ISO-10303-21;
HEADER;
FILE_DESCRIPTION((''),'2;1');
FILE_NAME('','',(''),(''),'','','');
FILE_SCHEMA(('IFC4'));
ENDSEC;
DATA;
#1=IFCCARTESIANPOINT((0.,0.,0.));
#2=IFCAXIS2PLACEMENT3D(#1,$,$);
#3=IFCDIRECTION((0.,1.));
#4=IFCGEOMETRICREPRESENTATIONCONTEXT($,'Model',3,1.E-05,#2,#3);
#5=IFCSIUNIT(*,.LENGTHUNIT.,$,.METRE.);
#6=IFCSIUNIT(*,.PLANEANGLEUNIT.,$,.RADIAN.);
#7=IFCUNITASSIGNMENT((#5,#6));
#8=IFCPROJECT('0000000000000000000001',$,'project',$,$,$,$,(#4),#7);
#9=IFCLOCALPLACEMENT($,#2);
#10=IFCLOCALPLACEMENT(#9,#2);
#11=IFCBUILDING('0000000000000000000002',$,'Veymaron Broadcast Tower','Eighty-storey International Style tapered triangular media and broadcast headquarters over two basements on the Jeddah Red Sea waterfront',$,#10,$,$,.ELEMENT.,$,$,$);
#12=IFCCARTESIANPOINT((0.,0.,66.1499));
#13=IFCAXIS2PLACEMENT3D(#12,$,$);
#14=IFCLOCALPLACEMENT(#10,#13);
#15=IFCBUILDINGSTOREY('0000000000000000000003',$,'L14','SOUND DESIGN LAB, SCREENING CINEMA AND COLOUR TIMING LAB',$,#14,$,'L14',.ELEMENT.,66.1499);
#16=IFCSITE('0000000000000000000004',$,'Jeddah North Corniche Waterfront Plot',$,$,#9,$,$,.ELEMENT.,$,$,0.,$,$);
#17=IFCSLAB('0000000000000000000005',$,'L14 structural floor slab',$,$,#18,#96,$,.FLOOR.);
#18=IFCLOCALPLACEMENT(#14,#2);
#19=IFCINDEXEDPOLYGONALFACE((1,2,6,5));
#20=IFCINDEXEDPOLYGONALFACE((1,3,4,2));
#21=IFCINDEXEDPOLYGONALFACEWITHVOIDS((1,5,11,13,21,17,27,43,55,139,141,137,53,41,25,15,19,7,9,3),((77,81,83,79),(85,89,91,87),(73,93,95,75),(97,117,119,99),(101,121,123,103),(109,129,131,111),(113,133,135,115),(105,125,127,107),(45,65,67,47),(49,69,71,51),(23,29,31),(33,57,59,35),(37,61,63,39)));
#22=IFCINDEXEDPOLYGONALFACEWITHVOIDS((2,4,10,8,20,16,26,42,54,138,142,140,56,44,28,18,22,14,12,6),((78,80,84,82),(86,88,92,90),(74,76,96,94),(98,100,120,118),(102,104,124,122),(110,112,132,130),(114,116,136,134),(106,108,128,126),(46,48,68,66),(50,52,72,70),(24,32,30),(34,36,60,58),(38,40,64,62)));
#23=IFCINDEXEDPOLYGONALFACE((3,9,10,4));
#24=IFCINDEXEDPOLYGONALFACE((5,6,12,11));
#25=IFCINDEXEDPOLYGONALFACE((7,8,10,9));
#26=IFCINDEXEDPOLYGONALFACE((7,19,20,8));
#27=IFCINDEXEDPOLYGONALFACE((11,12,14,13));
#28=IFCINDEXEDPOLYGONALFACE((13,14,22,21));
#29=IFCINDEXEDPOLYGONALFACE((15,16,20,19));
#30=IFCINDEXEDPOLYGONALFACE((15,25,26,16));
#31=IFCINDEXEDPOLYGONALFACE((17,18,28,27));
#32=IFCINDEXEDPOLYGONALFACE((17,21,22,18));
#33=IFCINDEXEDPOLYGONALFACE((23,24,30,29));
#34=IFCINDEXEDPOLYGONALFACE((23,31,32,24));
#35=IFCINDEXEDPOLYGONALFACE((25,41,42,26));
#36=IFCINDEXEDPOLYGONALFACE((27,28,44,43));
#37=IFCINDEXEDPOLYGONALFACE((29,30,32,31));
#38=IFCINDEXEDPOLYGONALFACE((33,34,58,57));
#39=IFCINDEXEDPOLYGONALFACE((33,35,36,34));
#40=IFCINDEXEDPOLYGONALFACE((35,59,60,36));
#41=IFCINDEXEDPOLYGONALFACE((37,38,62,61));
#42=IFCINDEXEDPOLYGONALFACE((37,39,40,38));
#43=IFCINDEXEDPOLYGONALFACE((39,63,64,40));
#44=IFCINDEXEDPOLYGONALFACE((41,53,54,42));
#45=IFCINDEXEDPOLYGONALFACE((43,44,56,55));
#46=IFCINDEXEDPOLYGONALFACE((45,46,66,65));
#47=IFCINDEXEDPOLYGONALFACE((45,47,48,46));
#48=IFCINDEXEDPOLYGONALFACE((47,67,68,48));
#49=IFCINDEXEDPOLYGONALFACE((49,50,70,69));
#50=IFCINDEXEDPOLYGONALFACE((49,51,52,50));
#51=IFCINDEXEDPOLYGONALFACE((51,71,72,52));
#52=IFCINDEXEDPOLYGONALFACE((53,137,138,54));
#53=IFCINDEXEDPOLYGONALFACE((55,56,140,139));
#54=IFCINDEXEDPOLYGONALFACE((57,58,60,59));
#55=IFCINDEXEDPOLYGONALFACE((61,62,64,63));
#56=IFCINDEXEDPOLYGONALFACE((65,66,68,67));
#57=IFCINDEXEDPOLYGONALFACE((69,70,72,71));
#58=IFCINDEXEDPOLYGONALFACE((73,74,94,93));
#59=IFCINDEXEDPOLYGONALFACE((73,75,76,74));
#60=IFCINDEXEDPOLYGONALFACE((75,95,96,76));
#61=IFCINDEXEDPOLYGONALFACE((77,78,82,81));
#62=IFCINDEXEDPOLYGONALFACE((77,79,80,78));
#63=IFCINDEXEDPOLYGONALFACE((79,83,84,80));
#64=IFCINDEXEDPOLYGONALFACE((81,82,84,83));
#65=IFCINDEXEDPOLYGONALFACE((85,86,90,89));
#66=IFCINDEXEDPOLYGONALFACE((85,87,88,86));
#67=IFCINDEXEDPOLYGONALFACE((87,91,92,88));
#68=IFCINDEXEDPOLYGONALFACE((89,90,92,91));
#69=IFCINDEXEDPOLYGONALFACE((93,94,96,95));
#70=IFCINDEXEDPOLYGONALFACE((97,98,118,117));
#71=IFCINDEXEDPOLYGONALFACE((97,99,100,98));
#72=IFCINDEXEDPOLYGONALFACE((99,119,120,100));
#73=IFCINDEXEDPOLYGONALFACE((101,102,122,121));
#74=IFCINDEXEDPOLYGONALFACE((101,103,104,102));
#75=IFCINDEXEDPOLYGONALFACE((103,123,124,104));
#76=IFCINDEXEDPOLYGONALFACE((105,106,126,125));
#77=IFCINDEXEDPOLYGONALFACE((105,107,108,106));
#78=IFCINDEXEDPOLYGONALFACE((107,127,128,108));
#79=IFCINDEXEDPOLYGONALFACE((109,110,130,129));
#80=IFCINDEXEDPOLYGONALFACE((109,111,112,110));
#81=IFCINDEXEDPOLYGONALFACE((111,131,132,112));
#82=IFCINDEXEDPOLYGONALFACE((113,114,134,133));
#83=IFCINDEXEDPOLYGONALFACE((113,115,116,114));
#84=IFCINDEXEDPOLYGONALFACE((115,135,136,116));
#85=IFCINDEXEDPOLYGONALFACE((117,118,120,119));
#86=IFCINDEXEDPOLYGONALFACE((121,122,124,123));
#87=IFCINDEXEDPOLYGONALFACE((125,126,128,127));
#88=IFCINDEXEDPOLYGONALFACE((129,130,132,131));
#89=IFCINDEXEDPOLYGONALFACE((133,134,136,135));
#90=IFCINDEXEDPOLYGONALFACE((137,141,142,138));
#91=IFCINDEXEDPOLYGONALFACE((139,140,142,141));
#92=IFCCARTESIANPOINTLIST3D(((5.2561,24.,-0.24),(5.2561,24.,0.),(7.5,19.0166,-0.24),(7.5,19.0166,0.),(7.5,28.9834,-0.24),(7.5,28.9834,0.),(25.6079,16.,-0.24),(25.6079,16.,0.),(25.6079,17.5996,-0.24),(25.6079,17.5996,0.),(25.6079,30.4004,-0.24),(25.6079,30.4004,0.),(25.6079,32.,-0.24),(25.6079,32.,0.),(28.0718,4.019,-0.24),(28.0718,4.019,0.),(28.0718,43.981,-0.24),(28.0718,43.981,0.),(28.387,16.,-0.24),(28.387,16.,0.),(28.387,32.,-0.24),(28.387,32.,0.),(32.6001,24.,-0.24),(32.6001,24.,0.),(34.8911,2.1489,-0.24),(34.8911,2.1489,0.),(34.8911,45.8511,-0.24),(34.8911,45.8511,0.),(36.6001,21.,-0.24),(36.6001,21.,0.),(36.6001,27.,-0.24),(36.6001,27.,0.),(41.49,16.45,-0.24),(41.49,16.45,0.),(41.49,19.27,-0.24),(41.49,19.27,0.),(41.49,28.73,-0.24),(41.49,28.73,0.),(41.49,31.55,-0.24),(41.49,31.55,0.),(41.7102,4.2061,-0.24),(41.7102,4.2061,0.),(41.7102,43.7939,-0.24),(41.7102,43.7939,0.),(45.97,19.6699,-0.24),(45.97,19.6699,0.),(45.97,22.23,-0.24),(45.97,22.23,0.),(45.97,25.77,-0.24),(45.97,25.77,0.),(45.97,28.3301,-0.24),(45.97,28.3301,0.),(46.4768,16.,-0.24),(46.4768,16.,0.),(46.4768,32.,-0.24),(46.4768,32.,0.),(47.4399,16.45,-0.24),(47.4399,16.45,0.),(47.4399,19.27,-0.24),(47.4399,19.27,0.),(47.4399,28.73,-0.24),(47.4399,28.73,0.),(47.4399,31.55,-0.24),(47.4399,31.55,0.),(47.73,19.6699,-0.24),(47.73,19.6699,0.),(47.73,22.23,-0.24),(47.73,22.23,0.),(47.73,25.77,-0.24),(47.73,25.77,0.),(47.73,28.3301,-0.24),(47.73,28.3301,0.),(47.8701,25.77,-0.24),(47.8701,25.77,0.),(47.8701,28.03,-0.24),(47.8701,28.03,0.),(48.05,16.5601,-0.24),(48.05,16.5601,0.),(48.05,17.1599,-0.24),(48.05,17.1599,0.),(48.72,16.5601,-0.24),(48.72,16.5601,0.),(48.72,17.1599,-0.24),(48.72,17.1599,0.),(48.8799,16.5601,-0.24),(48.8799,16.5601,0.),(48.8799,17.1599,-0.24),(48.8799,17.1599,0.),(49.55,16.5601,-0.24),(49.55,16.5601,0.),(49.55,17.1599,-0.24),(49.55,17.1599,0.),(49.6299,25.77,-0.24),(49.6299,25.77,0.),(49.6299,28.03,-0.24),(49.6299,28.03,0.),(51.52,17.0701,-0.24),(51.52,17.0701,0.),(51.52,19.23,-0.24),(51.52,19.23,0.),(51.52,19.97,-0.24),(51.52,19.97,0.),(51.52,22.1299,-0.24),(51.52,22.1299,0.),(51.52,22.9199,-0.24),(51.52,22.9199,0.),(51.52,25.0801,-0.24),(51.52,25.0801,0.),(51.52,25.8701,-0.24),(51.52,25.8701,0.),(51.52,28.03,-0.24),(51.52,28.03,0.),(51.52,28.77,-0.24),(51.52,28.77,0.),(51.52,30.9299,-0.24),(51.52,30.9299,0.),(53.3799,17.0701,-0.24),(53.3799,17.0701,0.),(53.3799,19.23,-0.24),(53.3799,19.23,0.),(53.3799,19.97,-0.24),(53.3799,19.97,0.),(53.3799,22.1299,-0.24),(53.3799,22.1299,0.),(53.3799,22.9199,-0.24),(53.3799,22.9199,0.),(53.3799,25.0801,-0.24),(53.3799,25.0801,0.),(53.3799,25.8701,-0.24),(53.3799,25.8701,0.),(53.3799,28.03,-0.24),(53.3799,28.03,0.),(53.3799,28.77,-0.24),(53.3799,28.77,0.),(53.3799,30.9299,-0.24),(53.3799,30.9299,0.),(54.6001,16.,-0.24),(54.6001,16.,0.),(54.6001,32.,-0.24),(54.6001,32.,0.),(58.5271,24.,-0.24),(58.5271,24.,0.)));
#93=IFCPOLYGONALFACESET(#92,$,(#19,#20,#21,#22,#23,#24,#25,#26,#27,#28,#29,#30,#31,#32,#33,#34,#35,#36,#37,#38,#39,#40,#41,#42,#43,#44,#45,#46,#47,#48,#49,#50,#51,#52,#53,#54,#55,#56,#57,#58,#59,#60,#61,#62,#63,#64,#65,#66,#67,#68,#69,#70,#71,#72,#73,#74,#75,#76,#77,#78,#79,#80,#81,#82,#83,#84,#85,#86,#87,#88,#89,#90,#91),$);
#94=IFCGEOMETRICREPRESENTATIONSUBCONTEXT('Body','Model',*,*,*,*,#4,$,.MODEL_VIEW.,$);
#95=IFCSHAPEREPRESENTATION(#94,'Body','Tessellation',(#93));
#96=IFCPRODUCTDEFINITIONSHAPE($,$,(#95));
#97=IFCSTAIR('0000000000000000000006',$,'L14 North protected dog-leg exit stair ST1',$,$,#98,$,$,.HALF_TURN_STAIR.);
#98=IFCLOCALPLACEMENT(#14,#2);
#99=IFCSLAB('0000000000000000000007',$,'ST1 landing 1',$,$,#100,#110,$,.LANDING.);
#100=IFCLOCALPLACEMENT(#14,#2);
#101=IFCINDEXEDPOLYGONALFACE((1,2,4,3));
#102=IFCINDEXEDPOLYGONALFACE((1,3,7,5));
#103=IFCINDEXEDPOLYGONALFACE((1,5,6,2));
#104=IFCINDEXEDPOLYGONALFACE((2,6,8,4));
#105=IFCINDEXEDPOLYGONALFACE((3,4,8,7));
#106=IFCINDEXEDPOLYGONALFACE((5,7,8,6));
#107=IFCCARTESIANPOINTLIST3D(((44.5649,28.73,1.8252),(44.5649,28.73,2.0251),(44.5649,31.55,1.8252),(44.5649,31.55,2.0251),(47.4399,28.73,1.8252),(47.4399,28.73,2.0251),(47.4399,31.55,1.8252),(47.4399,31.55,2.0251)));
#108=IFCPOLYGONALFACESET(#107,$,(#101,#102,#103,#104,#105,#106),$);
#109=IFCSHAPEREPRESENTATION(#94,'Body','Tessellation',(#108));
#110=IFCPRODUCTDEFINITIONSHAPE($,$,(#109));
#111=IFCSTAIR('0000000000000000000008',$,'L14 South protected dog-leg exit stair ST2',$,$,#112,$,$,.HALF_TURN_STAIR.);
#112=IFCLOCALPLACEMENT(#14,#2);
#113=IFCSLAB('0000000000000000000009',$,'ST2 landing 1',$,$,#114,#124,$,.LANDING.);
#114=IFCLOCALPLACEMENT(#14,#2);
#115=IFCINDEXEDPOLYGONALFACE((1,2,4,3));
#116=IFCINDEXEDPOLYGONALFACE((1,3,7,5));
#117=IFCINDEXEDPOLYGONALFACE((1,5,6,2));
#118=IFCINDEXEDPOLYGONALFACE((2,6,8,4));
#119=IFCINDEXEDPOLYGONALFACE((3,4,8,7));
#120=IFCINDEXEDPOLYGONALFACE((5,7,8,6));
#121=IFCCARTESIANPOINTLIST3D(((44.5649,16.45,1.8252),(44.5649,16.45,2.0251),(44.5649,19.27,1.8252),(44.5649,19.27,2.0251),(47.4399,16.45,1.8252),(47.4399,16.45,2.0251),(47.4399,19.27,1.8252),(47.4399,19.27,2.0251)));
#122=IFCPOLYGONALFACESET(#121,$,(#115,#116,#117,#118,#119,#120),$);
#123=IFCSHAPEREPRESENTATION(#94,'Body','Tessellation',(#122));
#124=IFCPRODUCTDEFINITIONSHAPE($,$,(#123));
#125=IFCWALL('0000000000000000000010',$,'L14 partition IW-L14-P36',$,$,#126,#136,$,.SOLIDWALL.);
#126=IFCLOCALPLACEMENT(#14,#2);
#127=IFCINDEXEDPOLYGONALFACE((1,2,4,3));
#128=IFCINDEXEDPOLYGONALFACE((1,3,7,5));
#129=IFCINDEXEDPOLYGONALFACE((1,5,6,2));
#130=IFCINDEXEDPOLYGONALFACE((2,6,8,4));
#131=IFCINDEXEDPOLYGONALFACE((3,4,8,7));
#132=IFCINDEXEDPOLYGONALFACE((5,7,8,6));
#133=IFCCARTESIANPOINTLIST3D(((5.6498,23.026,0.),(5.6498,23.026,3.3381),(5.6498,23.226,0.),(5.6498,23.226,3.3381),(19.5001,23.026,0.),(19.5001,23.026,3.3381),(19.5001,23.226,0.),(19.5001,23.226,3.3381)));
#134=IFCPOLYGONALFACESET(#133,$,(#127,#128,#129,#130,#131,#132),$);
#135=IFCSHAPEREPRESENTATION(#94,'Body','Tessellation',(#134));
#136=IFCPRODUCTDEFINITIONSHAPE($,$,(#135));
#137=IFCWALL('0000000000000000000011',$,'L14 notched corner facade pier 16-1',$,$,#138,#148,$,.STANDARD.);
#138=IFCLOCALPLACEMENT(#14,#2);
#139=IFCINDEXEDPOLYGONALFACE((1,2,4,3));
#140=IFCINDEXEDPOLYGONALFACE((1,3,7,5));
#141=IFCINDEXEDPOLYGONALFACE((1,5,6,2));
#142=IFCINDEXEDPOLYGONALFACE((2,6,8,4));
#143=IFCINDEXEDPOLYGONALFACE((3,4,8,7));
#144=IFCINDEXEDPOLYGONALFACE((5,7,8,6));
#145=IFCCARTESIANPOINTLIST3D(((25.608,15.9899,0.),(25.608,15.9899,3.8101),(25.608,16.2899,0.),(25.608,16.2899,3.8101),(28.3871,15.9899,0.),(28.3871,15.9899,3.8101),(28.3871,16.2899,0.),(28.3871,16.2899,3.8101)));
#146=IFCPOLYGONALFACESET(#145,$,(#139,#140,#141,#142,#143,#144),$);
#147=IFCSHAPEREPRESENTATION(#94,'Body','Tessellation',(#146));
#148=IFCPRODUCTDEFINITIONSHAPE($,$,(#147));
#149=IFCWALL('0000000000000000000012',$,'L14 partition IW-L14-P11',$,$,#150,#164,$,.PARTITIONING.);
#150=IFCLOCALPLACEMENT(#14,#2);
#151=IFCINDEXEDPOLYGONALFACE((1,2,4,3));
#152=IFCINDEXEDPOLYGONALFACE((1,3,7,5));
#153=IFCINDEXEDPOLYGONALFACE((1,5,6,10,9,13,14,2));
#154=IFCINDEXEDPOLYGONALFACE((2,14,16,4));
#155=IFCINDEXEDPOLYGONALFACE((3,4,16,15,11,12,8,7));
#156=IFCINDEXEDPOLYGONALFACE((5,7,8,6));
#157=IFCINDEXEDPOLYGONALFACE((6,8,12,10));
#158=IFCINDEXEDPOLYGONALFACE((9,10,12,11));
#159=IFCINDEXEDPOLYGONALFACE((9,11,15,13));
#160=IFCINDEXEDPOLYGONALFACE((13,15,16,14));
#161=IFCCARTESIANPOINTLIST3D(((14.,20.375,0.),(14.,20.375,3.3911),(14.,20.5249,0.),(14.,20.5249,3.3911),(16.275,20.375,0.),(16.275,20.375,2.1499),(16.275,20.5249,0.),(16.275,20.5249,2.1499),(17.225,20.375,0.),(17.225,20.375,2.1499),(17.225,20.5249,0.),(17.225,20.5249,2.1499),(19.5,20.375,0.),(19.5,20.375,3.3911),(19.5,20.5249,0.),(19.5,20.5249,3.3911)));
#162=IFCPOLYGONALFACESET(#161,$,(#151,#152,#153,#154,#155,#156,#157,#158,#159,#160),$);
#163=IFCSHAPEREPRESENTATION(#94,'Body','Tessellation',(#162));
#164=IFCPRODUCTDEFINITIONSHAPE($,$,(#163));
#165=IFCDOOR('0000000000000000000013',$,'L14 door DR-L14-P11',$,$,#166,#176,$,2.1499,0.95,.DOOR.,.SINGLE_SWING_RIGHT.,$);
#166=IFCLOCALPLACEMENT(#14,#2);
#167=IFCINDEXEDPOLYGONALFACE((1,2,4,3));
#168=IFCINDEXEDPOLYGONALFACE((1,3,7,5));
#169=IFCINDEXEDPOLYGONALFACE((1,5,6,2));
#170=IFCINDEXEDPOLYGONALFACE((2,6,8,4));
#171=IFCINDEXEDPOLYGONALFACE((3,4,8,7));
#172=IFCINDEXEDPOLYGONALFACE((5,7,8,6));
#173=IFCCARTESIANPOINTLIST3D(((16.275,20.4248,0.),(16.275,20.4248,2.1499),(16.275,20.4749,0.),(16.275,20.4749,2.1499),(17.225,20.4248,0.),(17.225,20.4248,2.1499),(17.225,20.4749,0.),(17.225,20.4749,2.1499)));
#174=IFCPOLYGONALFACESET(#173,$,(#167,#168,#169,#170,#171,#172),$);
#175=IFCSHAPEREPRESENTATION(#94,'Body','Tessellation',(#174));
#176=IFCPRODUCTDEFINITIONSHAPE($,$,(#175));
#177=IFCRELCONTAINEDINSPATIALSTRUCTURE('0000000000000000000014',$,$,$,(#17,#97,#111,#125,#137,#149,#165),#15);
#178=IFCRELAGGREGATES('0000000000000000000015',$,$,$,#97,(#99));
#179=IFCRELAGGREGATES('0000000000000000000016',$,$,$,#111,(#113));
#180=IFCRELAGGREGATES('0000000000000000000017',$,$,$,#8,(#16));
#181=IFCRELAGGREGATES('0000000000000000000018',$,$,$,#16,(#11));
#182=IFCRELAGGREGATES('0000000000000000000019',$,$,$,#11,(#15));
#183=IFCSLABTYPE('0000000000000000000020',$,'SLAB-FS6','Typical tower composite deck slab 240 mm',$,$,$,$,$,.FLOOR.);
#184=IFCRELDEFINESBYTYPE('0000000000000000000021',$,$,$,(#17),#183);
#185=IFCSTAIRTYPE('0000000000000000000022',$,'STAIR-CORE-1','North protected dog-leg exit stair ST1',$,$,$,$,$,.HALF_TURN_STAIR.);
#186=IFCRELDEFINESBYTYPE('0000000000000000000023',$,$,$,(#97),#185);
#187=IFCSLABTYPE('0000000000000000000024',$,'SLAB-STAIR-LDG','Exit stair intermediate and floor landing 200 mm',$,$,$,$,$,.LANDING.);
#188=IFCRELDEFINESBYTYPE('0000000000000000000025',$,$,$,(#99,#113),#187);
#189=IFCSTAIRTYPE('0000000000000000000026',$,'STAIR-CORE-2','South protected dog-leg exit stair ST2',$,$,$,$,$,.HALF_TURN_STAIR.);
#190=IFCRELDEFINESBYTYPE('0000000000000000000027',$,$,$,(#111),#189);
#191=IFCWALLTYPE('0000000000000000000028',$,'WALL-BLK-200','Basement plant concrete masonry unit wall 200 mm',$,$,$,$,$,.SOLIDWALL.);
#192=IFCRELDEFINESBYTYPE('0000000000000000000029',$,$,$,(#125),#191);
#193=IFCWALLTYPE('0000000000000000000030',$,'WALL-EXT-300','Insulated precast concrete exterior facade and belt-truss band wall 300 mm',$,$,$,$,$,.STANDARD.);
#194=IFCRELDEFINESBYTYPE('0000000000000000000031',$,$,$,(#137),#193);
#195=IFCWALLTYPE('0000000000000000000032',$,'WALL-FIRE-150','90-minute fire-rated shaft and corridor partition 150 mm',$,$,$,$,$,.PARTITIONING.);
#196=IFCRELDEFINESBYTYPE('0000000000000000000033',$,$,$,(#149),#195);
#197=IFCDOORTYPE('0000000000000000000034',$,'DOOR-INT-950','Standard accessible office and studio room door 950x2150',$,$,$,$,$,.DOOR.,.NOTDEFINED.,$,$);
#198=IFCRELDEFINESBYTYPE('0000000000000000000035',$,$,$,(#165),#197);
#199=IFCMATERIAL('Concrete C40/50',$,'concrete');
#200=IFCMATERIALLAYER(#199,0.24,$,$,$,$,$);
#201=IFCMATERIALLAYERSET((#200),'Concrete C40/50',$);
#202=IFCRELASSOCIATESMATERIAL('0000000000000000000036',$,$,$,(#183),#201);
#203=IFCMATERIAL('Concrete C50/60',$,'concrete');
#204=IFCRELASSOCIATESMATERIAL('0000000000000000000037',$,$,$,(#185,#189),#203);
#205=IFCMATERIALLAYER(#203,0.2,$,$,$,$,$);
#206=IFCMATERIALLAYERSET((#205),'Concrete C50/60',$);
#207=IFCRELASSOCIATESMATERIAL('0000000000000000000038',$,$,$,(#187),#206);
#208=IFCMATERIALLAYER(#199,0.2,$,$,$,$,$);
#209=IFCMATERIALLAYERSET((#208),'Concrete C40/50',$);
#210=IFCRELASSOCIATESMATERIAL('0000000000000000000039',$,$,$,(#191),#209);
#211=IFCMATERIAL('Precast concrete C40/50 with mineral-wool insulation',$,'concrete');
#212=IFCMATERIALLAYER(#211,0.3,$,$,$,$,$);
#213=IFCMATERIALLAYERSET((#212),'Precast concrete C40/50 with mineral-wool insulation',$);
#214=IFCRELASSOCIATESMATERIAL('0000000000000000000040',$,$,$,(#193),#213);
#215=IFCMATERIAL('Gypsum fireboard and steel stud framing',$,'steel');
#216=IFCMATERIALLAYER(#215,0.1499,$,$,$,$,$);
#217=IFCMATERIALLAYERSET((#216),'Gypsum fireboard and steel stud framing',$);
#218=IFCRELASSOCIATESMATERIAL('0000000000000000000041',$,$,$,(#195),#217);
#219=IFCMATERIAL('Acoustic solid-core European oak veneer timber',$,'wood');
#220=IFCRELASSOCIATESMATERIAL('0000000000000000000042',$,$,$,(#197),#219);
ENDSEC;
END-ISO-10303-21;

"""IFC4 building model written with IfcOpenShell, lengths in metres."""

from ifc_helpers import new_model, si_unit, direction, frame, frame_2d, origin, place, context, subcontext, project, spatial, polyline, rectangle, outline, extrude, material, layer, layer_set, type_object, element, fill, aggregate, save


model = new_model("IFC4")

# Units and contexts
model_context = context("Model", 3, precision=1e-05, world=origin(), true_north=direction((0.0, 1.0)))
body_context = subcontext(model_context, "Body", "Model", "MODEL_VIEW")
ifc_project = project(units=[si_unit("LENGTHUNIT", "METRE"), si_unit("PLANEANGLEUNIT", "RADIAN")], contexts=[model_context])

# Site, building, storey
site_placement = place(None, origin())
site = spatial("IfcSite", under=ifc_project, at=site_placement, Name="Jeddah North Corniche Waterfront Plot", CompositionType="ELEMENT", RefElevation=0.0)
building_placement = place(site_placement, origin())
building = spatial("IfcBuilding", under=site, at=building_placement, Name="Veymaron Broadcast Tower", Description="Eighty-storey International Style tapered triangular media and broadcast headquarters over two basements on the Jeddah Red Sea waterfront", CompositionType="ELEMENT")
storey_placement = place(building_placement, frame((0.0, 0.0, 66.1499)))
storey = spatial("IfcBuildingStorey", under=building, at=storey_placement, Name="L14", Description="SOUND DESIGN LAB, SCREENING CINEMA AND COLOUR TIMING LAB", LongName="L14", CompositionType="ELEMENT", Elevation=66.1499)

# Slab
ifc_material_1 = material(Name="Concrete C40/50", Category="concrete")
ifc_layer_1 = layer(ifc_material_1, 0.24)
ifc_layer_set_1 = layer_set([ifc_layer_1], Name="Concrete C40/50")
slab_type_1 = type_object("IfcSlabType", Name="SLAB-FS6", Description="Typical tower composite deck slab 240 mm", PredefinedType="FLOOR", material=ifc_layer_set_1)
slab_1_placement = place(storey_placement, frame((0.0, 0.0, -0.24)))
element("IfcSlab", 1, at=slab_1_placement, inside=storey, type_object=slab_type_1, Name="L14 structural floor slab", PredefinedType="FLOOR", context=body_context, shape_type="SweptSolid", body=[
    extrude(outline(polyline([(46.4768, 16.0), (54.6001, 16.0), (58.5271, 24.0), (54.6001, 32.0), (46.4768, 32.0), (41.7102, 43.7939), (34.8911, 45.8511), (28.0718, 43.981), (28.387, 32.0), (25.6079, 32.0), (25.6079, 30.4004), (7.5, 28.9834), (5.2561, 24.0), (7.5, 19.0166), (25.6079, 17.5996), (25.6079, 16.0), (28.387, 16.0), (28.0718, 4.019), (34.8911, 2.1489), (41.7102, 4.2061), (46.4768, 16.0)]), holes=[polyline([(45.97, 28.3301), (47.73, 28.3301), (47.73, 25.77), (45.97, 25.77), (45.97, 28.3301)]), polyline([(45.97, 22.23), (47.73, 22.23), (47.73, 19.6699), (45.97, 19.6699), (45.97, 22.23)]), polyline([(47.8701, 28.03), (49.6299, 28.03), (49.6299, 25.77), (47.8701, 25.77), (47.8701, 28.03)]), polyline([(51.52, 30.9299), (53.3799, 30.9299), (53.3799, 28.77), (51.52, 28.77), (51.52, 30.9299)]), polyline([(51.52, 28.03), (53.3799, 28.03), (53.3799, 25.8701), (51.52, 25.8701), (51.52, 28.03)]), polyline([(51.52, 22.1299), (53.3799, 22.1299), (53.3799, 19.97), (51.52, 19.97), (51.52, 22.1299)]), polyline([(51.52, 25.0801), (53.3799, 25.0801), (53.3799, 22.9199), (51.52, 22.9199), (51.52, 25.0801)]), polyline([(51.52, 19.23), (53.3799, 19.23), (53.3799, 17.0701), (51.52, 17.0701), (51.52, 19.23)]), polyline([(48.05, 17.1599), (48.72, 17.1599), (48.72, 16.5601), (48.05, 16.5601), (48.05, 17.1599)]), polyline([(48.8799, 17.1599), (49.55, 17.1599), (49.55, 16.5601), (48.8799, 16.5601), (48.8799, 17.1599)]), polyline([(36.6001, 27.0), (36.6001, 21.0), (32.6001, 24.0), (36.6001, 27.0)]), polyline([(41.49, 31.55), (47.4399, 31.55), (47.4399, 28.73), (41.49, 28.73), (41.49, 31.55)]), polyline([(41.49, 19.27), (47.4399, 19.27), (47.4399, 16.45), (41.49, 16.45), (41.49, 19.27)])]), origin(), (0.0, 0.0, 1.0), 0.24),
])

# Stairs, slabs
ifc_material_2 = material(Name="Concrete C50/60", Category="concrete")
stair_type_1 = type_object("IfcStairType", Name="STAIR-CORE-1", Description="North protected dog-leg exit stair ST1", PredefinedType="HALF_TURN_STAIR", material=ifc_material_2)
stair_1_placement = place(storey_placement, origin())
stair_1 = element("IfcStair", 2, at=stair_1_placement, inside=storey, type_object=stair_type_1, Name="L14 North protected dog-leg exit stair ST1", PredefinedType="HALF_TURN_STAIR")
ifc_layer_2 = layer(ifc_material_2, 0.2)
ifc_layer_set_2 = layer_set([ifc_layer_2], Name="Concrete C50/60")
slab_type_2 = type_object("IfcSlabType", Name="SLAB-STAIR-LDG", Description="Exit stair intermediate and floor landing 200 mm", PredefinedType="LANDING", material=ifc_layer_set_2)
slab_2_placement = place(storey_placement, frame((0.0, 0.0, 1.8252)))
slab_2 = element("IfcSlab", 3, at=slab_2_placement, type_object=slab_type_2, Name="ST1 landing 1", PredefinedType="LANDING", context=body_context, shape_type="SweptSolid", body=[
    extrude(outline(polyline([(44.5649, 28.73), (47.4399, 28.73), (47.4399, 31.55), (44.5649, 31.55), (44.5649, 28.73)])), origin(), (0.0, 0.0, 1.0), 0.2),
])
aggregate(stair_1, [slab_2])
stair_type_2 = type_object("IfcStairType", Name="STAIR-CORE-2", Description="South protected dog-leg exit stair ST2", PredefinedType="HALF_TURN_STAIR", material=ifc_material_2)
stair_2_placement = place(storey_placement, origin())
stair_2 = element("IfcStair", 4, at=stair_2_placement, inside=storey, type_object=stair_type_2, Name="L14 South protected dog-leg exit stair ST2", PredefinedType="HALF_TURN_STAIR")
slab_3_placement = place(storey_placement, frame((0.0, 0.0, 1.8252)))
slab_3 = element("IfcSlab", 5, at=slab_3_placement, type_object=slab_type_2, Name="ST2 landing 1", PredefinedType="LANDING", context=body_context, shape_type="SweptSolid", body=[
    extrude(outline(polyline([(44.5649, 16.45), (47.4399, 16.45), (47.4399, 19.27), (44.5649, 19.27), (44.5649, 16.45)])), origin(), (0.0, 0.0, 1.0), 0.2),
])
aggregate(stair_2, [slab_3])

# Walls
ifc_layer_3 = layer(ifc_material_1, 0.2)
ifc_layer_set_3 = layer_set([ifc_layer_3], Name="Concrete C40/50")
wall_type_1 = type_object("IfcWallType", Name="WALL-BLK-200", Description="Basement plant concrete masonry unit wall 200 mm", PredefinedType="SOLIDWALL", material=ifc_layer_set_3)
wall_1_placement = place(storey_placement, frame((5.6497, 23.126, 0.0), z_axis=(0.0, 0.0, 1.0), x_axis=(1.0, 0.0, 0.0)))
element("IfcWall", 6, at=wall_1_placement, inside=storey, type_object=wall_type_1, Name="L14 partition IW-L14-P36", PredefinedType="SOLIDWALL", context=body_context, shape_type="SweptSolid", body=[
    extrude(rectangle(XDim=13.8503, YDim=0.2, at=frame_2d((6.9253, 0.0))), origin(), (0.0, 0.0, 1.0), 3.3381),
])
ifc_material_3 = material(Name="Precast concrete C40/50 with mineral-wool insulation", Category="concrete")
ifc_layer_4 = layer(ifc_material_3, 0.3)
ifc_layer_set_4 = layer_set([ifc_layer_4], Name="Precast concrete C40/50 with mineral-wool insulation")
wall_type_2 = type_object("IfcWallType", Name="WALL-EXT-300", Description="Insulated precast concrete exterior facade and belt-truss band wall 300 mm", PredefinedType="STANDARD", material=ifc_layer_set_4)
wall_2_placement = place(storey_placement, frame((25.6079, 16.1399, 0.0), z_axis=(0.0, 0.0, 1.0), x_axis=(1.0, 0.0, 0.0)))
element("IfcWall", 7, at=wall_2_placement, inside=storey, type_object=wall_type_2, Name="L14 notched corner facade pier 16-1", PredefinedType="STANDARD", context=body_context, shape_type="SweptSolid", body=[
    extrude(rectangle(XDim=2.7791, YDim=0.3, at=frame_2d((1.3896, 0.0))), origin(), (0.0, 0.0, 1.0), 3.8101),
])

# Wall, opening, door
ifc_material_4 = material(Name="Gypsum fireboard and steel stud framing", Category="steel")
ifc_layer_5 = layer(ifc_material_4, 0.1499)
ifc_layer_set_5 = layer_set([ifc_layer_5], Name="Gypsum fireboard and steel stud framing")
wall_type_3 = type_object("IfcWallType", Name="WALL-FIRE-150", Description="90-minute fire-rated shaft and corridor partition 150 mm", PredefinedType="PARTITIONING", material=ifc_layer_set_5)
wall_3_placement = place(storey_placement, frame((14.0, 20.45, 0.0), z_axis=(0.0, 0.0, 1.0), x_axis=(1.0, 0.0, 0.0)))
wall_3 = element("IfcWall", 8, at=wall_3_placement, inside=storey, type_object=wall_type_3, Name="L14 partition IW-L14-P11", PredefinedType="PARTITIONING", context=body_context, shape_type="SweptSolid", body=[
    extrude(rectangle(XDim=5.5, YDim=0.1499, at=frame_2d((2.75, 0.0))), origin(), (0.0, 0.0, 1.0), 3.3911),
])
opening_1_placement = place(wall_3_placement, frame((2.2749, 0.0, 0.0)))
opening_1 = element("IfcOpeningElement", 9, at=opening_1_placement, cuts=wall_3, PredefinedType="OPENING", context=body_context, shape_type="SweptSolid", body=[
    extrude(rectangle(XDim=0.95, YDim=2.1499, at=frame_2d((0.4751, 1.075))), frame((0.0, 0.085, 0.0), z_axis=(0.0, -1.0, 0.0), x_axis=(1.0, 0.0, 0.0)), (0.0, 0.0, 1.0), 0.1699),
])
ifc_material_5 = material(Name="Acoustic solid-core European oak veneer timber", Category="wood")
door_type = type_object("IfcDoorType", Name="DOOR-INT-950", Description="Standard accessible office and studio room door 950x2150", OperationType="NOTDEFINED", PredefinedType="DOOR", material=ifc_material_5)
door_1_placement = place(opening_1_placement, origin())
door_1 = element("IfcDoor", 10, at=door_1_placement, inside=storey, type_object=door_type, Name="L14 door DR-L14-P11", OperationType="SINGLE_SWING_RIGHT", OverallHeight=2.1499, OverallWidth=0.95, PredefinedType="DOOR", context=body_context, shape_type="SweptSolid", body=[
    extrude(rectangle(XDim=0.95, YDim=2.1499, at=frame_2d((0.4751, 1.075))), frame((0.0, 0.0249, 0.0), z_axis=(0.0, -1.0, 0.0), x_axis=(1.0, 0.0, 0.0)), (0.0, 0.0, 1.0), 0.05),
])
fill(opening_1, door_1)

save(model, "model.ifc")
